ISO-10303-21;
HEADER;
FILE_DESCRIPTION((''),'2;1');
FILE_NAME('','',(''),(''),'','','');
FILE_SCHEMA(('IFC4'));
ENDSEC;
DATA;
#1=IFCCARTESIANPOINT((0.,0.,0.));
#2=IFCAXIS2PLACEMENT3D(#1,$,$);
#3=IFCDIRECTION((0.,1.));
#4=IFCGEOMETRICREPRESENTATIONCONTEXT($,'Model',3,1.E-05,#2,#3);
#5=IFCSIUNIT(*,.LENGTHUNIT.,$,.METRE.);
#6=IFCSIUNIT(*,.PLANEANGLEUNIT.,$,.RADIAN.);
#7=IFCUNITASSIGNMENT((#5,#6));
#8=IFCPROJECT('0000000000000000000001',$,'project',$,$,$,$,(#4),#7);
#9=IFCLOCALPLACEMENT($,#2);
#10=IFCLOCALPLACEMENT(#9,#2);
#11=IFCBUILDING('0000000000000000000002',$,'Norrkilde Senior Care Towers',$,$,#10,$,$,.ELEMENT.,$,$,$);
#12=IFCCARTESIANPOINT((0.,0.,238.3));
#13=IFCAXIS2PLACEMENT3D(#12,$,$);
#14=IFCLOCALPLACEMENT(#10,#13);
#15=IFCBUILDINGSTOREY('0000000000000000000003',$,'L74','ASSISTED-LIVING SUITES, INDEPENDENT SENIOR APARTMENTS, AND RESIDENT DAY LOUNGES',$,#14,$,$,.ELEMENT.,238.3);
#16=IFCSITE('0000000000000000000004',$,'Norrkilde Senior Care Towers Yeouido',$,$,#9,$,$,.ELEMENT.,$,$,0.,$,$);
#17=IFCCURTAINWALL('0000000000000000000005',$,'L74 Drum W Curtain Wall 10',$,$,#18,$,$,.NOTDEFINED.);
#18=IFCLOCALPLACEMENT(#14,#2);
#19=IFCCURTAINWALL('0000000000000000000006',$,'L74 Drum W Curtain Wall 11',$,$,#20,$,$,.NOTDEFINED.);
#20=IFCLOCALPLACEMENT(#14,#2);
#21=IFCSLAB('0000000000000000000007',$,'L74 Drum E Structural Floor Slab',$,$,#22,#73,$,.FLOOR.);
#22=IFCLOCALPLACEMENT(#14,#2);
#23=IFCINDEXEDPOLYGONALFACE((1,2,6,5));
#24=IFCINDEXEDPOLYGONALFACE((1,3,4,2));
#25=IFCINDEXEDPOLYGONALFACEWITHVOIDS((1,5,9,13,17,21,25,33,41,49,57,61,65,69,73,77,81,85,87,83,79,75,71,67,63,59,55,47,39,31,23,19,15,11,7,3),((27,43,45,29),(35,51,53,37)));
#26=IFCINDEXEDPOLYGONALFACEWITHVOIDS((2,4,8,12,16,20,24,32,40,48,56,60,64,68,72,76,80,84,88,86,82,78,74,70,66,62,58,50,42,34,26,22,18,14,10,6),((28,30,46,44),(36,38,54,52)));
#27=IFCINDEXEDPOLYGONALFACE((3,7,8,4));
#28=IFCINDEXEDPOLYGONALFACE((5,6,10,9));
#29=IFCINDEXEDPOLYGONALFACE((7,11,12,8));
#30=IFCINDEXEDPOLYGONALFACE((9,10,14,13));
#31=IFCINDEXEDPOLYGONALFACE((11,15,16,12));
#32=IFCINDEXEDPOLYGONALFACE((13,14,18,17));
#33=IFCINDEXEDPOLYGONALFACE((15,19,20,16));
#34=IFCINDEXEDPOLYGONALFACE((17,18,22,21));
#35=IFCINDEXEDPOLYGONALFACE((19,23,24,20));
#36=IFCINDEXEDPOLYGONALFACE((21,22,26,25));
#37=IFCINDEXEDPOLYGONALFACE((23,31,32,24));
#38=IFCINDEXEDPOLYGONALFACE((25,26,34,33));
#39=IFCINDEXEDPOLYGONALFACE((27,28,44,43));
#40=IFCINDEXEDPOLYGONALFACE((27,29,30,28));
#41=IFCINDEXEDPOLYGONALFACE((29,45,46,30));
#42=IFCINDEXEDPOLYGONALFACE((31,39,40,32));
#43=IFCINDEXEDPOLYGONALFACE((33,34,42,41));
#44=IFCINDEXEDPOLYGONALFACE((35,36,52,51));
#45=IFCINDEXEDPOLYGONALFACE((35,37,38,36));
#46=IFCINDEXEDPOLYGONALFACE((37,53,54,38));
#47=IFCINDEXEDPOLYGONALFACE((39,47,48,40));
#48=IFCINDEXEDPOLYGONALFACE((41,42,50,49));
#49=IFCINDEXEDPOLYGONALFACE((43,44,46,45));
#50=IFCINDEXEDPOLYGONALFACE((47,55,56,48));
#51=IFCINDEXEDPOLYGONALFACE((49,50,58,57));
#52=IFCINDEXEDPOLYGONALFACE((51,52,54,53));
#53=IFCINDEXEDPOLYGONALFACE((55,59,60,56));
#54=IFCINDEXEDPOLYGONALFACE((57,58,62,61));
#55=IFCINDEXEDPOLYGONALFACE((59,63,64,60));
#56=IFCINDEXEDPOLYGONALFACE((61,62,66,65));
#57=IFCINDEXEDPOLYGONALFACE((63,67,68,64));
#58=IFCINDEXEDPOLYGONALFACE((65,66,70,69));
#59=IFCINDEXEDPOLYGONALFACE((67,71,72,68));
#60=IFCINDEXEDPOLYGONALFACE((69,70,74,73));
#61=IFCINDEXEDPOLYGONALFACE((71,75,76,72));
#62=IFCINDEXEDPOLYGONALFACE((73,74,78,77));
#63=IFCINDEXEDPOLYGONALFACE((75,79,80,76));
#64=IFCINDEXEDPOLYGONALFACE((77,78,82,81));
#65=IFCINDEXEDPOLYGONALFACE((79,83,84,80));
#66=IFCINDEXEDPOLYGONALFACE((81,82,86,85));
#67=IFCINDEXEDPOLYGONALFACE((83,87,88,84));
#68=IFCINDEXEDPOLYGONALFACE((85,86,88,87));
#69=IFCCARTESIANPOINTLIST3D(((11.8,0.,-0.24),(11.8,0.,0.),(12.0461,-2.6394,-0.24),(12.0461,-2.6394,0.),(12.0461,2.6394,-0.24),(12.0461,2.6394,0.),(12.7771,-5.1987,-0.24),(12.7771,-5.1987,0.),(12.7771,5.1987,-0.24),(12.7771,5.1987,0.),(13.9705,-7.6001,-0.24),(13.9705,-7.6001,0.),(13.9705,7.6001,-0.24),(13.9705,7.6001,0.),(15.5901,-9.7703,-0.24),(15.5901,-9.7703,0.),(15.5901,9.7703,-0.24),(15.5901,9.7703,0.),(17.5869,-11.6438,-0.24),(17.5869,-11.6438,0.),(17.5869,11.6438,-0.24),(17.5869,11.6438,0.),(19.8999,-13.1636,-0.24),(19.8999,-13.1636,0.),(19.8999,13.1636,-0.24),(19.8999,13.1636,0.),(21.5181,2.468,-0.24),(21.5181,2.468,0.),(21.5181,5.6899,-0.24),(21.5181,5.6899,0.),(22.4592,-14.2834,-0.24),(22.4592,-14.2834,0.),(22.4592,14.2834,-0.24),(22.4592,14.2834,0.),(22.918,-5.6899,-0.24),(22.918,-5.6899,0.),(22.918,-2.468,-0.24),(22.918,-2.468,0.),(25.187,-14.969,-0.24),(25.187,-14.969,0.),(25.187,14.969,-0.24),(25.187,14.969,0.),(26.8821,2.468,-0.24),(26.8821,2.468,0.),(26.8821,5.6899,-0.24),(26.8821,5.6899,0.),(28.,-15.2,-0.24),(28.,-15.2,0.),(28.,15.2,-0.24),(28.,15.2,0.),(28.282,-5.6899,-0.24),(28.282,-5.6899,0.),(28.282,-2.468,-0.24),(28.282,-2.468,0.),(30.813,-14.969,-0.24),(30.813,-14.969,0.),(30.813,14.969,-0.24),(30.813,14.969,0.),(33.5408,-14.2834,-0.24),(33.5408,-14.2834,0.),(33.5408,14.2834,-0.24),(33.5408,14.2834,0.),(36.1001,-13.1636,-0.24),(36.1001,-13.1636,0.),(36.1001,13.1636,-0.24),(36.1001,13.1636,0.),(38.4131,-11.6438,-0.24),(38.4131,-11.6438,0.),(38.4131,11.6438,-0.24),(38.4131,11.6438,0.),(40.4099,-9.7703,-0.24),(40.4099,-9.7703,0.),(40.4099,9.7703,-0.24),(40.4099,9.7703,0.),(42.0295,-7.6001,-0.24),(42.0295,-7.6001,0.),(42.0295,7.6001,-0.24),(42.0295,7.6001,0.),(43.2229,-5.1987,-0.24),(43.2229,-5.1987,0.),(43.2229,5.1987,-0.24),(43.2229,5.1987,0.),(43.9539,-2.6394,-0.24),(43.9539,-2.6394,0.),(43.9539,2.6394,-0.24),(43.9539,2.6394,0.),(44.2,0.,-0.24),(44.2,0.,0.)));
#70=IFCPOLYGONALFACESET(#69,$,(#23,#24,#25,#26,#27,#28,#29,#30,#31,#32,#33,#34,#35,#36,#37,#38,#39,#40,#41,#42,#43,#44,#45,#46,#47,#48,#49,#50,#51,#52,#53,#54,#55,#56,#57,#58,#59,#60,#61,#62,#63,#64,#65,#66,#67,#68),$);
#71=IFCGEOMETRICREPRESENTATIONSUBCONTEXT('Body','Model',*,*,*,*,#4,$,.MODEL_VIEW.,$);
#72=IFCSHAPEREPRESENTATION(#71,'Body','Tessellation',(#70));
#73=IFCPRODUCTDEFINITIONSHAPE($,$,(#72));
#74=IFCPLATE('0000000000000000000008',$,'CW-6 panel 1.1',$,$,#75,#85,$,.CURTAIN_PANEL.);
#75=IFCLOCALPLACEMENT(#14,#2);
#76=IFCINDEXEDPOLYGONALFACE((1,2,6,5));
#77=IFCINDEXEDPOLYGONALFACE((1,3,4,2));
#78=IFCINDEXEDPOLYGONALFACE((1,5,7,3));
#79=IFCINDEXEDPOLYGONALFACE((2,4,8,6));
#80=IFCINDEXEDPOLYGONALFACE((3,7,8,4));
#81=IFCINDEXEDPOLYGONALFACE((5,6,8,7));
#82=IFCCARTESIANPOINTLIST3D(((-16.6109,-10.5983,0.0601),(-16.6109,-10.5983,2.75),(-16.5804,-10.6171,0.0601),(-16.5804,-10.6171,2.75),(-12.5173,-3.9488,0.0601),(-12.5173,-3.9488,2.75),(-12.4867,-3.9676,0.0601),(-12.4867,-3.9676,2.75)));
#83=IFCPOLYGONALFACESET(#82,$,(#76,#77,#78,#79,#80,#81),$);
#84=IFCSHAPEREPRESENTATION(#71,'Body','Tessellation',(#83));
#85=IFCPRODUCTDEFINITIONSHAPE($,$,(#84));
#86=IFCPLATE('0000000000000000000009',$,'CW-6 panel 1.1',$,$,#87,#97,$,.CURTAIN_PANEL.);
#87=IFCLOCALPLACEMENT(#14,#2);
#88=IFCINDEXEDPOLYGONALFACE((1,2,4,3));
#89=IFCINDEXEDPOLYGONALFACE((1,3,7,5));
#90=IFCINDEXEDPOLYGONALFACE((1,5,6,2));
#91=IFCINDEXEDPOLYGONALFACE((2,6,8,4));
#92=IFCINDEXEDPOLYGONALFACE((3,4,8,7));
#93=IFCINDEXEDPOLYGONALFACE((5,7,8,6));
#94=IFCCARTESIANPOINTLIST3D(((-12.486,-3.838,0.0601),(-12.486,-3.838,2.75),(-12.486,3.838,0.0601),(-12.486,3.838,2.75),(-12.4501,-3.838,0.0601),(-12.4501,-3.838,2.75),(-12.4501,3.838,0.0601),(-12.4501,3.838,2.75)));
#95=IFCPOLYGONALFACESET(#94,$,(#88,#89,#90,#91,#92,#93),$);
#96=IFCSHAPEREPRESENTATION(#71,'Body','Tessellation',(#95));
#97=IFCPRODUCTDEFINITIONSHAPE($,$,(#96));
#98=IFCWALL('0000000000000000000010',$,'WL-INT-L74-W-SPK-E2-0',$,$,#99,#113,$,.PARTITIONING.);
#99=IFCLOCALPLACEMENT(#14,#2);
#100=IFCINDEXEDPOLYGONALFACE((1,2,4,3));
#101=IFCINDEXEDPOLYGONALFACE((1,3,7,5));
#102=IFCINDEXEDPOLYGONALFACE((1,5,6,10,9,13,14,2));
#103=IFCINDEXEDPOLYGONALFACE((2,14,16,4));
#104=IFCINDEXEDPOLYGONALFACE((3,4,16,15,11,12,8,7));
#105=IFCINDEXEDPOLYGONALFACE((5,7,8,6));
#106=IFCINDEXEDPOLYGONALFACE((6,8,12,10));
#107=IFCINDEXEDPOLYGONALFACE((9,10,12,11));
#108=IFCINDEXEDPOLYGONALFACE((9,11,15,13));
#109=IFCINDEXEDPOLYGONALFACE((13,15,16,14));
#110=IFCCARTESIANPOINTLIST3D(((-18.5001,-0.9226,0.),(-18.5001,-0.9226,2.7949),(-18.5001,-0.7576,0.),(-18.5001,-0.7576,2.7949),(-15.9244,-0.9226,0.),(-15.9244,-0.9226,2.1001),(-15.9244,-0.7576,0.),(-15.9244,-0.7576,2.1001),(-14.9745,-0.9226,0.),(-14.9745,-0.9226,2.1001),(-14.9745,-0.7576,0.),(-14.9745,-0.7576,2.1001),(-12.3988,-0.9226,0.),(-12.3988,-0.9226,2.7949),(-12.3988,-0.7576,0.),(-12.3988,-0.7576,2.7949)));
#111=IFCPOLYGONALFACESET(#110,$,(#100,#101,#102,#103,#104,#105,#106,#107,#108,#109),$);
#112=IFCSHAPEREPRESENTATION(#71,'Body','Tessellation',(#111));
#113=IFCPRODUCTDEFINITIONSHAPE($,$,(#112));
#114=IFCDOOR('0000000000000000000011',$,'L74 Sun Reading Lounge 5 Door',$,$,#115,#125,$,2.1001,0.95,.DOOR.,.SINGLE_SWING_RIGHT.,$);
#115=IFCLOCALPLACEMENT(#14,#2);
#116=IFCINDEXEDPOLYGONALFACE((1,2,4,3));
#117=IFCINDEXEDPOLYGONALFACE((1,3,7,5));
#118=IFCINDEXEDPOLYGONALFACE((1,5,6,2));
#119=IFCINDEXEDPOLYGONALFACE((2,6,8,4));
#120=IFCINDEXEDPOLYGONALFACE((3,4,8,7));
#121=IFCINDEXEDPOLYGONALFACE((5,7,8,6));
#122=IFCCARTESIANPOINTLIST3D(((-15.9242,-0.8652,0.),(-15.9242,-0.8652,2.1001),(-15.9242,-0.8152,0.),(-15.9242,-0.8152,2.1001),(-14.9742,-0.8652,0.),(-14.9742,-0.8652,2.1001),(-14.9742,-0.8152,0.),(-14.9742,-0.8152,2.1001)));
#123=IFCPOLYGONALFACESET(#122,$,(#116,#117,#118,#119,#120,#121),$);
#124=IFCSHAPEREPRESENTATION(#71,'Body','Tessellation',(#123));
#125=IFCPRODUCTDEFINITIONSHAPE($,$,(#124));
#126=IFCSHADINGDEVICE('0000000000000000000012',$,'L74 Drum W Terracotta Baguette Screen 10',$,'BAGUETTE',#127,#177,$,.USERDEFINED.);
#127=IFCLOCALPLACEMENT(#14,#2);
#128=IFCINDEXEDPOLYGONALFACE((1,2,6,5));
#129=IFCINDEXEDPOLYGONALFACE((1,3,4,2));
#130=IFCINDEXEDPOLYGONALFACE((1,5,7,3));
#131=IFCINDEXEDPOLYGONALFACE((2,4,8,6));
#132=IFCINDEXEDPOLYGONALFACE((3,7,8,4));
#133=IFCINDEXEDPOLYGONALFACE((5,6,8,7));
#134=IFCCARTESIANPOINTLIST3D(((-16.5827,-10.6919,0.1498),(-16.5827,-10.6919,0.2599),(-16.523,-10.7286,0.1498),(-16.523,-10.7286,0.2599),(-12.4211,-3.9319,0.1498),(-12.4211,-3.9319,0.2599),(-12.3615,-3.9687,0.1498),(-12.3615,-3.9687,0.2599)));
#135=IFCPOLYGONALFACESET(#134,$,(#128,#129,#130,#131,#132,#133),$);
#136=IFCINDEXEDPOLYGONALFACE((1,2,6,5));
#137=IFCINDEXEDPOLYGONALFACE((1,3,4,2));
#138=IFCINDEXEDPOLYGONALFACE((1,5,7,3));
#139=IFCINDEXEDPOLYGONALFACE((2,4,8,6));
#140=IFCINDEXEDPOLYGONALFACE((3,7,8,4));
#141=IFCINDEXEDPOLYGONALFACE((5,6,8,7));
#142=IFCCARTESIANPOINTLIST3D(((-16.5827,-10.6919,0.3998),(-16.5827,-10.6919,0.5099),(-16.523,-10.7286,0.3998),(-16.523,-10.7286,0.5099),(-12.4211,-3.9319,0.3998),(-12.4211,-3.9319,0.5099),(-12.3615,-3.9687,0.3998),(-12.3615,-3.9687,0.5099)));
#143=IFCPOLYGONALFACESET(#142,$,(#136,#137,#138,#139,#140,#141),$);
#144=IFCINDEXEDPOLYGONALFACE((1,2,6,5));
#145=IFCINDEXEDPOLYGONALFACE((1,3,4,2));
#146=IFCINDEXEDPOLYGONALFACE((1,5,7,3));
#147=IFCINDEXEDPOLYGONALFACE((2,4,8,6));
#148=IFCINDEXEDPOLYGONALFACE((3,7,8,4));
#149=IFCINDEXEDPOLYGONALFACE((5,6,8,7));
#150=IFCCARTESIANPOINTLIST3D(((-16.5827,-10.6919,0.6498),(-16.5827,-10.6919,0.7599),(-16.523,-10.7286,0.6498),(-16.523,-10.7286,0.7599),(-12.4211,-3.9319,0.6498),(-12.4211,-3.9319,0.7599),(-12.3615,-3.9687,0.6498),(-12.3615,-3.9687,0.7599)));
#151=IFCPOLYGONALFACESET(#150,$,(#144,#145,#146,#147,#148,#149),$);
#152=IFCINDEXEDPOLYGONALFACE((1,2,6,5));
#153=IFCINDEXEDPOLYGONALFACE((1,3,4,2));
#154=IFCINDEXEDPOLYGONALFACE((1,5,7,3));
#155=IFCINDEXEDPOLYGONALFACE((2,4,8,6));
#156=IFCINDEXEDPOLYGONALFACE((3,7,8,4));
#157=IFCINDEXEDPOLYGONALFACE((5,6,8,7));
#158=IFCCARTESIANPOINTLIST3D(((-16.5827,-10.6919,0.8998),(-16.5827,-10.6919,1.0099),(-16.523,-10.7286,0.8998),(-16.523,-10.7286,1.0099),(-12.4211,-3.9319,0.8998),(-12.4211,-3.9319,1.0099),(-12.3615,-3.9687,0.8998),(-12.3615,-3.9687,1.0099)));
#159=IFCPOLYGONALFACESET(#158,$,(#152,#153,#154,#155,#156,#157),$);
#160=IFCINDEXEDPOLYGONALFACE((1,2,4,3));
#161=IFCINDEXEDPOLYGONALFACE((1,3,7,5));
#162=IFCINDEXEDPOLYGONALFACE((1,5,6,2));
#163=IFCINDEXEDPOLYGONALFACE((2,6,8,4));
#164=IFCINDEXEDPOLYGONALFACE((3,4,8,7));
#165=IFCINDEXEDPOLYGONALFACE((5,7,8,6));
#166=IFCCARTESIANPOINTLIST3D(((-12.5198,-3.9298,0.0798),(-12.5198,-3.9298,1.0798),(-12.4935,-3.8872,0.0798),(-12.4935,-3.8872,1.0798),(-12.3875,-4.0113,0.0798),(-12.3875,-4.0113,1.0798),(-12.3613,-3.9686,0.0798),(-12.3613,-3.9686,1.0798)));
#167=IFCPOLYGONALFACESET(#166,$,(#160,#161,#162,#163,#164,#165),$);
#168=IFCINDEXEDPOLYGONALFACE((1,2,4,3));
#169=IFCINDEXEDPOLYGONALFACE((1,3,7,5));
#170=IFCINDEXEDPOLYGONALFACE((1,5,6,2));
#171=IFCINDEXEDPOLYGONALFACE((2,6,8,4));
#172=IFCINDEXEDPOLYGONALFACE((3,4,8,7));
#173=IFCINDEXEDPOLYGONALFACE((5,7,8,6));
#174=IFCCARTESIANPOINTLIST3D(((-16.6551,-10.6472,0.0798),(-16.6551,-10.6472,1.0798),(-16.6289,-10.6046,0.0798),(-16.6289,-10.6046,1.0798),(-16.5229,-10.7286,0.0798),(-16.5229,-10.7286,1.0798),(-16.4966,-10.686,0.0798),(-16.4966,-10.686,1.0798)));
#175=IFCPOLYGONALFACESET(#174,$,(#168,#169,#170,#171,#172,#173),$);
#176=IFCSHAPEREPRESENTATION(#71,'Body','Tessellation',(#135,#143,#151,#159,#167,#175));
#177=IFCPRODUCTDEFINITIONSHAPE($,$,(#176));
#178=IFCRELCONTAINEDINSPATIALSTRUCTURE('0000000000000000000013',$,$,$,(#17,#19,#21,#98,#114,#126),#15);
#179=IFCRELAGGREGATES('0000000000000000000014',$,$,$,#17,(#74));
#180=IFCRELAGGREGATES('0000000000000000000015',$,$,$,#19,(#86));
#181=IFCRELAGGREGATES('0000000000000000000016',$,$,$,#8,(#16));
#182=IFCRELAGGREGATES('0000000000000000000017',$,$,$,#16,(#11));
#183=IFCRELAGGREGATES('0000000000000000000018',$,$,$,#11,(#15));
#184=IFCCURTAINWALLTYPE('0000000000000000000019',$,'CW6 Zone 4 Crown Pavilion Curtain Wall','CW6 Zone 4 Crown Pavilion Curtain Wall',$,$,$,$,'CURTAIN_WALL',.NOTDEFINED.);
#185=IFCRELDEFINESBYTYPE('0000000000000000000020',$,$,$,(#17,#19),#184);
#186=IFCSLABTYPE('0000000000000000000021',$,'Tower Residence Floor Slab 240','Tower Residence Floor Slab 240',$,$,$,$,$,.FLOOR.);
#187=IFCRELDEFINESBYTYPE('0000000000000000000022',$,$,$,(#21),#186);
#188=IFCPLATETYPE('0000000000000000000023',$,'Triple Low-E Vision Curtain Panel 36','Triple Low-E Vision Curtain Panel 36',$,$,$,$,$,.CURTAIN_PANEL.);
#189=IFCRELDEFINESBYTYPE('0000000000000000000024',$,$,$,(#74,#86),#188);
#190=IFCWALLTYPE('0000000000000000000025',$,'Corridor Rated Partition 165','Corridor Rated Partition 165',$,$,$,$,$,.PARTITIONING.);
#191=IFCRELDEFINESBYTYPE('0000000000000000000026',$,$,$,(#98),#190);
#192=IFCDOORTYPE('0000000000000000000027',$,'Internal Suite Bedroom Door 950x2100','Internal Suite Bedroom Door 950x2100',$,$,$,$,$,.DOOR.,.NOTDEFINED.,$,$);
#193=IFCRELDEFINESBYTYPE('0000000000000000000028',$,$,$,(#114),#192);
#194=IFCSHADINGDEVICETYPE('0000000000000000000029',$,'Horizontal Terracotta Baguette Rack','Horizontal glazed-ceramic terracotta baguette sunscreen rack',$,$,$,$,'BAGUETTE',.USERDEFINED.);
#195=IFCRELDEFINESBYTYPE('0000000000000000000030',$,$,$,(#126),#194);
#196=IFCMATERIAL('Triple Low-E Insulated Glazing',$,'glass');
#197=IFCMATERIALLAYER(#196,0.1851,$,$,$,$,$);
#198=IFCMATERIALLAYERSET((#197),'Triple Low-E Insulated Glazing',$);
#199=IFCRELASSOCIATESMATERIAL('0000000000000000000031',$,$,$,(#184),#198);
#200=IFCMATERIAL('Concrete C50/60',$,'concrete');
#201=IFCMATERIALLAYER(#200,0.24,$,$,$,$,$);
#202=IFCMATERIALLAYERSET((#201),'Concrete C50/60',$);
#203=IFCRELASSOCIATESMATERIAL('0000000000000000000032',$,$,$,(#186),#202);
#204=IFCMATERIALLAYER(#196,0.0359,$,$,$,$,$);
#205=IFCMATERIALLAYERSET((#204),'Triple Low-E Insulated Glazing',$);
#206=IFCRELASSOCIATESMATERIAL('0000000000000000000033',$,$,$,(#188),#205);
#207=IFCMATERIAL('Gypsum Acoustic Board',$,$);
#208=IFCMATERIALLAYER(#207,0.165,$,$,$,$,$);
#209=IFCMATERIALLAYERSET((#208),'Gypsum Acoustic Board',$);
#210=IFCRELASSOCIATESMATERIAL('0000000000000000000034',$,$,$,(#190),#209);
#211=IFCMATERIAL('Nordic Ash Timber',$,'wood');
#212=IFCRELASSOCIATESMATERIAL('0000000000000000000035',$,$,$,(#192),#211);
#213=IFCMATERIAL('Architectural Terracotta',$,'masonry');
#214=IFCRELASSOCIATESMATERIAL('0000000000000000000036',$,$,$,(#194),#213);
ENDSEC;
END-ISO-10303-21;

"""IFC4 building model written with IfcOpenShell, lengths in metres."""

from ifc_helpers import new_model, si_unit, direction, frame, frame_2d, origin, origin_2d, place, context, subcontext, project, spatial, polyline, rectangle, outline, extrude, source, transform, mapped, material, layer, layer_set, type_object, type_shapes, element, fill, aggregate, save


model = new_model("IFC4")

# Units and contexts
model_context = context("Model", 3, precision=1e-05, world=origin(), true_north=direction((0.0, 1.0)))
body_context = subcontext(model_context, "Body", "Model", "MODEL_VIEW")
ifc_project = project(units=[si_unit("LENGTHUNIT", "METRE"), si_unit("PLANEANGLEUNIT", "RADIAN")], contexts=[model_context])

# Site, building, storey
site_placement = place(None, origin())
site = spatial("IfcSite", under=ifc_project, at=site_placement, Name="Norrkilde Senior Care Towers Yeouido", CompositionType="ELEMENT", RefElevation=0.0)
building_placement = place(site_placement, origin())
building = spatial("IfcBuilding", under=site, at=building_placement, Name="Norrkilde Senior Care Towers", CompositionType="ELEMENT")
storey_placement = place(building_placement, frame((0.0, 0.0, 238.3)))
storey = spatial("IfcBuildingStorey", under=building, at=storey_placement, Name="L74", Description="ASSISTED-LIVING SUITES, INDEPENDENT SENIOR APARTMENTS, AND RESIDENT DAY LOUNGES", CompositionType="ELEMENT", Elevation=238.3)

# Shared definitions
ifc_material_1 = material(Name="Concrete C50/60", Category="concrete")

# Shared definitions
ifc_material_2 = material(Name="Triple Low-E Insulated Glazing", Category="glass")
ifc_layer_1 = layer(ifc_material_2, 0.1851)
ifc_layer_set_1 = layer_set([ifc_layer_1], Name="Triple Low-E Insulated Glazing")
curtain_wall_type = type_object("IfcCurtainWallType", Name="CW6 Zone 4 Crown Pavilion Curtain Wall", Description="CW6 Zone 4 Crown Pavilion Curtain Wall", ElementType="CURTAIN_WALL", PredefinedType="NOTDEFINED", material=ifc_layer_set_1)

# Curtain wall
curtain_wall_1_placement = place(storey_placement, origin())
curtain_wall_1 = element("IfcCurtainWall", 1, at=curtain_wall_1_placement, inside=storey, type_object=curtain_wall_type, Name="L74 Drum W Curtain Wall 10", PredefinedType="NOTDEFINED")

# Curtain wall
curtain_wall_2_placement = place(storey_placement, origin())
curtain_wall_2 = element("IfcCurtainWall", 2, at=curtain_wall_2_placement, inside=storey, type_object=curtain_wall_type, Name="L74 Drum W Curtain Wall 11", PredefinedType="NOTDEFINED")

# Slab
ifc_layer_2 = layer(ifc_material_1, 0.24)
ifc_layer_set_2 = layer_set([ifc_layer_2], Name="Concrete C50/60")
slab_type_1 = type_object("IfcSlabType", Name="Tower Residence Floor Slab 240", Description="Tower Residence Floor Slab 240", PredefinedType="FLOOR", material=ifc_layer_set_2)
slab_1_placement = place(storey_placement, frame((0.0, 0.0, -0.24)))
element("IfcSlab", 3, at=slab_1_placement, inside=storey, type_object=slab_type_1, Name="L74 Drum E Structural Floor Slab", PredefinedType="FLOOR", context=body_context, shape_type="SweptSolid", body=[
    extrude(outline(polyline([(43.2229, -5.1987), (42.0295, -7.6001), (40.4099, -9.7703), (38.4131, -11.6438), (36.1001, -13.1636), (33.5408, -14.2834), (30.813, -14.969), (28.0, -15.2), (25.187, -14.969), (22.4592, -14.2834), (19.8999, -13.1636), (17.5869, -11.6438), (15.5901, -9.7703), (13.9705, -7.6001), (12.7771, -5.1987), (12.0461, -2.6394), (11.8, 0.0), (12.0461, 2.6394), (12.7771, 5.1987), (13.9705, 7.6001), (15.5901, 9.7703), (17.5869, 11.6438), (19.8999, 13.1636), (22.4592, 14.2834), (25.187, 14.969), (28.0, 15.2), (30.813, 14.969), (33.5408, 14.2834), (36.1001, 13.1636), (38.4131, 11.6438), (40.4099, 9.7703), (42.0295, 7.6001), (43.2229, 5.1987), (43.9539, 2.6394), (44.2, 0.0), (43.9539, -2.6394), (43.2229, -5.1987)]), holes=[polyline([(21.5181, 2.468), (26.8821, 2.468), (26.8821, 5.6899), (21.5181, 5.6899), (21.5181, 2.468)]), polyline([(28.282, -5.6899), (28.282, -2.468), (22.918, -2.468), (22.918, -5.6899), (28.282, -5.6899)])]), origin(), (0.0, 0.0, 1.0), 0.24),
])

# Plates
ifc_layer_3 = layer(ifc_material_2, 0.0359)
ifc_layer_set_3 = layer_set([ifc_layer_3], Name="Triple Low-E Insulated Glazing")
plate_type = type_object("IfcPlateType", Name="Triple Low-E Vision Curtain Panel 36", Description="Triple Low-E Vision Curtain Panel 36", PredefinedType="CURTAIN_PANEL", material=ifc_layer_set_3)
shared_shape_1 = source(origin(), body_context, "Body", "SweptSolid", [
    extrude(rectangle(XDim=7.8086, YDim=0.0359, at=origin_2d()), origin(), (0.0, 0.0, 1.0), 2.6899),
])
plate_1_placement = place(storey_placement, frame((-14.5488, -7.283, 0.0601), z_axis=(0.0, 0.0, 1.0), x_axis=(-0.524253, -0.851563, 0.0)))
plate_1 = element("IfcPlate", 4, at=plate_1_placement, type_object=plate_type, Name="CW-6 panel 1.1", PredefinedType="CURTAIN_PANEL", context=body_context, shape_type="MappedRepresentation", body=[
    mapped(shared_shape_1, transform((0.0, 0.0, 0.0), x_axis=(1.0, 0.0, 0.0), y_axis=(0.0, 1.0, 0.0), z_axis=(0.0, 0.0, 1.0), scale=1.0)),
])
aggregate(curtain_wall_1, [plate_1])
shared_shape_2 = source(origin(), body_context, "Body", "SweptSolid", [
    extrude(rectangle(XDim=7.676, YDim=0.0359, at=origin_2d()), origin(), (0.0, 0.0, 1.0), 2.6899),
])
type_shapes(plate_type, [shared_shape_1, shared_shape_2])
plate_2_placement = place(storey_placement, frame((-12.468, 0.0, 0.0601), z_axis=(0.0, 0.0, 1.0), x_axis=(0.0, -1.0, 0.0)))
plate_2 = element("IfcPlate", 5, at=plate_2_placement, type_object=plate_type, Name="CW-6 panel 1.1", PredefinedType="CURTAIN_PANEL", context=body_context, shape_type="MappedRepresentation", body=[
    mapped(shared_shape_2, transform((0.0, 0.0, 0.0), x_axis=(1.0, 0.0, 0.0), y_axis=(0.0, 1.0, 0.0), z_axis=(0.0, 0.0, 1.0), scale=1.0)),
])
aggregate(curtain_wall_2, [plate_2])

# Wall, opening, door
ifc_material_3 = material(Name="Gypsum Acoustic Board")
ifc_layer_4 = layer(ifc_material_3, 0.165)
ifc_layer_set_4 = layer_set([ifc_layer_4], Name="Gypsum Acoustic Board")
wall_type = type_object("IfcWallType", Name="Corridor Rated Partition 165", Description="Corridor Rated Partition 165", PredefinedType="PARTITIONING", material=ifc_layer_set_4)
shared_shape_3 = source(origin(), body_context, "Body", "SweptSolid", [
    extrude(rectangle(XDim=6.1013, YDim=0.165, at=frame_2d((3.0508, 0.0))), origin(), (0.0, 0.0, 1.0), 2.7949),
])
type_shapes(wall_type, [shared_shape_3])
wall_placement = place(storey_placement, frame((-12.3987, -0.8401, 0.0), z_axis=(0.0, 0.0, 1.0), x_axis=(-1.0, 0.0, 0.0)))
wall = element("IfcWall", 6, at=wall_placement, inside=storey, type_object=wall_type, Name="WL-INT-L74-W-SPK-E2-0", PredefinedType="PARTITIONING", context=body_context, shape_type="MappedRepresentation", body=[
    mapped(shared_shape_3, transform((0.0, 0.0, 0.0), x_axis=(1.0, 0.0, 0.0), y_axis=(0.0, 1.0, 0.0), z_axis=(0.0, 0.0, 1.0), scale=1.0)),
])
opening_placement = place(wall_placement, frame((2.5757, 0.0, 0.0)))
opening = element("IfcOpeningElement", 7, at=opening_placement, cuts=wall, PredefinedType="OPENING", context=body_context, shape_type="SweptSolid", body=[
    extrude(rectangle(XDim=0.95, YDim=2.1001, at=frame_2d((0.4751, 1.05))), frame((0.0, 0.0925, 0.0), z_axis=(0.0, -1.0, 0.0), x_axis=(1.0, 0.0, 0.0)), (0.0, 0.0, 1.0), 0.1851),
])
ifc_material_4 = material(Name="Nordic Ash Timber", Category="wood")
door_type = type_object("IfcDoorType", Name="Internal Suite Bedroom Door 950x2100", Description="Internal Suite Bedroom Door 950x2100", OperationType="NOTDEFINED", PredefinedType="DOOR", material=ifc_material_4)
shared_shape_4 = source(origin(), body_context, "Body", "SweptSolid", [
    extrude(rectangle(XDim=0.95, YDim=2.1001, at=frame_2d((0.4751, 1.05))), frame((0.0, 0.0249, 0.0), z_axis=(0.0, -1.0, 0.0), x_axis=(1.0, 0.0, 0.0)), (0.0, 0.0, 1.0), 0.05),
])
type_shapes(door_type, [shared_shape_4])
door_placement = place(opening_placement, frame((0.95, 0.0, 0.0), z_axis=(0.0, 0.0, 1.0), x_axis=(-1.0, 0.0, 0.0)))
door = element("IfcDoor", 8, at=door_placement, inside=storey, type_object=door_type, Name="L74 Sun Reading Lounge 5 Door", OperationType="SINGLE_SWING_RIGHT", OverallHeight=2.1001, OverallWidth=0.95, PredefinedType="DOOR", context=body_context, shape_type="MappedRepresentation", body=[
    mapped(shared_shape_4, transform((0.0, 0.0, 0.0), x_axis=(1.0, 0.0, 0.0), y_axis=(0.0, 1.0, 0.0), z_axis=(0.0, 0.0, 1.0), scale=1.0)),
])
fill(opening, door)

# Shading device
ifc_material_5 = material(Name="Architectural Terracotta", Category="masonry")
shading_device_type = type_object("IfcShadingDeviceType", Name="Horizontal Terracotta Baguette Rack", Description="Horizontal glazed-ceramic terracotta baguette sunscreen rack", ElementType="BAGUETTE", PredefinedType="USERDEFINED", material=ifc_material_5)
shared_shape_5 = source(origin(), body_context, "Body", "SweptSolid", [
    extrude(rectangle(XDim=0.0701, YDim=0.1101, at=origin_2d()), frame((0.0, 0.0901, 0.125), z_axis=(1.0, 0.0, 0.0), x_axis=(0.0, 1.0, 0.0)), (0.0, 0.0, 1.0), 7.9382),
    extrude(rectangle(XDim=0.0701, YDim=0.1101, at=origin_2d()), frame((0.0, 0.0901, 0.375), z_axis=(1.0, 0.0, 0.0), x_axis=(0.0, 1.0, 0.0)), (0.0, 0.0, 1.0), 7.9382),
    extrude(rectangle(XDim=0.0701, YDim=0.1101, at=origin_2d()), frame((0.0, 0.0901, 0.625), z_axis=(1.0, 0.0, 0.0), x_axis=(0.0, 1.0, 0.0)), (0.0, 0.0, 1.0), 7.9382),
    extrude(rectangle(XDim=0.0701, YDim=0.1101, at=origin_2d()), frame((0.0, 0.0901, 0.875), z_axis=(1.0, 0.0, 0.0), x_axis=(0.0, 1.0, 0.0)), (0.0, 0.0, 1.0), 7.9382),
    extrude(rectangle(XDim=0.05, YDim=0.1553, at=origin_2d()), frame((0.0249, 0.0476, 0.0)), (0.0, 0.0, 1.0), 1.0),
    extrude(rectangle(XDim=0.05, YDim=0.1553, at=origin_2d()), frame((7.9131, 0.0476, 0.0)), (0.0, 0.0, 1.0), 1.0),
])
type_shapes(shading_device_type, [shared_shape_5])
shading_device_placement = place(storey_placement, frame((-12.468, -3.9031, 0.0798), z_axis=(0.0, 0.0, 1.0), x_axis=(-0.52425, -0.851576, 0.0)))
element("IfcShadingDevice", 9, at=shading_device_placement, inside=storey, type_object=shading_device_type, Name="L74 Drum W Terracotta Baguette Screen 10", ObjectType="BAGUETTE", PredefinedType="USERDEFINED", context=body_context, shape_type="MappedRepresentation", body=[
    mapped(shared_shape_5, transform((0.0, 0.0, 0.0), x_axis=(1.0, 0.0, 0.0), y_axis=(0.0, 1.0, 0.0), z_axis=(0.0, 0.0, 1.0), scale=1.0)),
])

save(model, "model.ifc")
